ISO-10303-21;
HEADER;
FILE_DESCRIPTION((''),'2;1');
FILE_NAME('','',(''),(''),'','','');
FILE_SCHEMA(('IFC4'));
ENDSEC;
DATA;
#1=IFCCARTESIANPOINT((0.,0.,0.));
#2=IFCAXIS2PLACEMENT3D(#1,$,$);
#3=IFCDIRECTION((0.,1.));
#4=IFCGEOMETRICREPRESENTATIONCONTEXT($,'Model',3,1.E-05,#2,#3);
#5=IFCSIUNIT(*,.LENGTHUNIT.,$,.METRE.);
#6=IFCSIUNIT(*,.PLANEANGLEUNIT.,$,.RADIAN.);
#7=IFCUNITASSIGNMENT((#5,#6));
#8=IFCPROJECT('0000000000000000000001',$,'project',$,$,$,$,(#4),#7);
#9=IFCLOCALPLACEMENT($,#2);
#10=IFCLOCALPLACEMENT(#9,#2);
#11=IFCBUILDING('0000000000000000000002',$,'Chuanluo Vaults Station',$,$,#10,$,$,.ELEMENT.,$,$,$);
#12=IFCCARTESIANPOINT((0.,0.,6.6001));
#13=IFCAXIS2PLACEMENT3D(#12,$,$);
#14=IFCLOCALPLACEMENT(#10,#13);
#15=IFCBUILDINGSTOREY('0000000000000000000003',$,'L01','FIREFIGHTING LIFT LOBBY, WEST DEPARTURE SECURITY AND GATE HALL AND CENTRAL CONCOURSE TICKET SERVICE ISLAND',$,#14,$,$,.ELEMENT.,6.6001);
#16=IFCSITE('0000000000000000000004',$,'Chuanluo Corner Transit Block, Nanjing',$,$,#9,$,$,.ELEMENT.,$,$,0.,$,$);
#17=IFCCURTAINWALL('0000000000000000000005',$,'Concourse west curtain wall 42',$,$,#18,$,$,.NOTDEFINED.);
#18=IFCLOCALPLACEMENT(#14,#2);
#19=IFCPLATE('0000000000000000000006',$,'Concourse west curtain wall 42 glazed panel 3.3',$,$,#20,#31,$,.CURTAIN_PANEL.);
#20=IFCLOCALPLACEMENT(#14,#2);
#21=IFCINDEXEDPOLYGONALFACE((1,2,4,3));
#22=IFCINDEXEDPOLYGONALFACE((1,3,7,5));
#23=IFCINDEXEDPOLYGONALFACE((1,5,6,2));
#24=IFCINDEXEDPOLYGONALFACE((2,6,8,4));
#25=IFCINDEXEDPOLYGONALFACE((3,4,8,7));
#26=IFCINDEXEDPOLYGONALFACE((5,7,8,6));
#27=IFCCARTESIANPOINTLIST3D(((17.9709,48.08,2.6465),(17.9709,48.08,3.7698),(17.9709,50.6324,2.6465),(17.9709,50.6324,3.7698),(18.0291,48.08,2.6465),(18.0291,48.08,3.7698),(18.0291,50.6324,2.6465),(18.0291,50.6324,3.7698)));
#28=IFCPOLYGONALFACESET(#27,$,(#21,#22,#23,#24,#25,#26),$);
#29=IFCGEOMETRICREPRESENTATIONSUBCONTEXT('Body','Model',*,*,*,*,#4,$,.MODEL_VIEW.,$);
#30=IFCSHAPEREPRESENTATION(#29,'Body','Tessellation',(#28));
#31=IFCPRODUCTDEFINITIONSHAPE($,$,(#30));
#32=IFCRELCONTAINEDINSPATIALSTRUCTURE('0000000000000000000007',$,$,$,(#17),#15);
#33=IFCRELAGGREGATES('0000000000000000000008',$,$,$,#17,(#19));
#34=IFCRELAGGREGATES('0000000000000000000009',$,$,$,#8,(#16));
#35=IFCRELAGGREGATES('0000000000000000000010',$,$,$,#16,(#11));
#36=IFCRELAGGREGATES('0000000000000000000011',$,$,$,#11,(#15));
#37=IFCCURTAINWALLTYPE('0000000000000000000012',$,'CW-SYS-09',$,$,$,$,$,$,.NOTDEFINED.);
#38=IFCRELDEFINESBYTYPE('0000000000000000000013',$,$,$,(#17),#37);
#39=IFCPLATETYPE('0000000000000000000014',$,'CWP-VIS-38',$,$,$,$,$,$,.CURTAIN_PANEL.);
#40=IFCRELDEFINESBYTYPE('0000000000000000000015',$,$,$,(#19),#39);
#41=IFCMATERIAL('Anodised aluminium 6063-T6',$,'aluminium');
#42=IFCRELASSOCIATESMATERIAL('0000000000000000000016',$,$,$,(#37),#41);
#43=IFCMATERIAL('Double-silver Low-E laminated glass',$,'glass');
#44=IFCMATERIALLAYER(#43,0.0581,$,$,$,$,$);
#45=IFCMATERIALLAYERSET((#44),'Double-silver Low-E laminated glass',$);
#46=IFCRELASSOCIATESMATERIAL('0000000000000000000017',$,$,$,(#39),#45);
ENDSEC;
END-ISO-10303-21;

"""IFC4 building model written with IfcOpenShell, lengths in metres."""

from ifc_helpers import new_model, si_unit, direction, frame, origin, origin_2d, place, context, subcontext, project, spatial, rectangle, extrude, material, layer, layer_set, type_object, element, aggregate, save


model = new_model("IFC4")

# Units and contexts
model_context = context("Model", 3, precision=1e-05, world=origin(), true_north=direction((0.0, 1.0)))
body_context = subcontext(model_context, "Body", "Model", "MODEL_VIEW")
ifc_project = project(units=[si_unit("LENGTHUNIT", "METRE"), si_unit("PLANEANGLEUNIT", "RADIAN")], contexts=[model_context])

# Site, building, storey
site_placement = place(None, origin())
site = spatial("IfcSite", under=ifc_project, at=site_placement, Name="Chuanluo Corner Transit Block, Nanjing", CompositionType="ELEMENT", RefElevation=0.0)
building_placement = place(site_placement, origin())
building = spatial("IfcBuilding", under=site, at=building_placement, Name="Chuanluo Vaults Station", CompositionType="ELEMENT")
storey_placement = place(building_placement, frame((0.0, 0.0, 6.6001)))
storey = spatial("IfcBuildingStorey", under=building, at=storey_placement, Name="L01", Description="FIREFIGHTING LIFT LOBBY, WEST DEPARTURE SECURITY AND GATE HALL AND CENTRAL CONCOURSE TICKET SERVICE ISLAND", CompositionType="ELEMENT", Elevation=6.6001)

# Curtain wall, plate
ifc_material_1 = material(Name="Anodised aluminium 6063-T6", Category="aluminium")
curtain_wall_type = type_object("IfcCurtainWallType", Name="CW-SYS-09", PredefinedType="NOTDEFINED", material=ifc_material_1)
curtain_wall_placement = place(storey_placement, origin())
curtain_wall = element("IfcCurtainWall", 1, at=curtain_wall_placement, inside=storey, type_object=curtain_wall_type, Name="Concourse west curtain wall 42", PredefinedType="NOTDEFINED")
ifc_material_2 = material(Name="Double-silver Low-E laminated glass", Category="glass")
ifc_layer_1 = layer(ifc_material_2, 0.0581)
ifc_layer_set_1 = layer_set([ifc_layer_1], Name="Double-silver Low-E laminated glass")
plate_type_1 = type_object("IfcPlateType", Name="CWP-VIS-38", PredefinedType="CURTAIN_PANEL", material=ifc_layer_set_1)
plate_1_placement = place(storey_placement, frame((18.0, 49.3562, 2.6465), z_axis=(0.0, 0.0, 1.0), x_axis=(0.0, 1.0, 0.0)))
plate_1 = element("IfcPlate", 2, at=plate_1_placement, type_object=plate_type_1, Name="Concourse west curtain wall 42 glazed panel 3.3", PredefinedType="CURTAIN_PANEL", context=body_context, shape_type="SweptSolid", body=[
    extrude(rectangle(XDim=2.5525, YDim=0.0581, at=origin_2d()), origin(), (0.0, 0.0, 1.0), 1.1233),
])
aggregate(curtain_wall, [plate_1])

save(model, "model.ifc")
